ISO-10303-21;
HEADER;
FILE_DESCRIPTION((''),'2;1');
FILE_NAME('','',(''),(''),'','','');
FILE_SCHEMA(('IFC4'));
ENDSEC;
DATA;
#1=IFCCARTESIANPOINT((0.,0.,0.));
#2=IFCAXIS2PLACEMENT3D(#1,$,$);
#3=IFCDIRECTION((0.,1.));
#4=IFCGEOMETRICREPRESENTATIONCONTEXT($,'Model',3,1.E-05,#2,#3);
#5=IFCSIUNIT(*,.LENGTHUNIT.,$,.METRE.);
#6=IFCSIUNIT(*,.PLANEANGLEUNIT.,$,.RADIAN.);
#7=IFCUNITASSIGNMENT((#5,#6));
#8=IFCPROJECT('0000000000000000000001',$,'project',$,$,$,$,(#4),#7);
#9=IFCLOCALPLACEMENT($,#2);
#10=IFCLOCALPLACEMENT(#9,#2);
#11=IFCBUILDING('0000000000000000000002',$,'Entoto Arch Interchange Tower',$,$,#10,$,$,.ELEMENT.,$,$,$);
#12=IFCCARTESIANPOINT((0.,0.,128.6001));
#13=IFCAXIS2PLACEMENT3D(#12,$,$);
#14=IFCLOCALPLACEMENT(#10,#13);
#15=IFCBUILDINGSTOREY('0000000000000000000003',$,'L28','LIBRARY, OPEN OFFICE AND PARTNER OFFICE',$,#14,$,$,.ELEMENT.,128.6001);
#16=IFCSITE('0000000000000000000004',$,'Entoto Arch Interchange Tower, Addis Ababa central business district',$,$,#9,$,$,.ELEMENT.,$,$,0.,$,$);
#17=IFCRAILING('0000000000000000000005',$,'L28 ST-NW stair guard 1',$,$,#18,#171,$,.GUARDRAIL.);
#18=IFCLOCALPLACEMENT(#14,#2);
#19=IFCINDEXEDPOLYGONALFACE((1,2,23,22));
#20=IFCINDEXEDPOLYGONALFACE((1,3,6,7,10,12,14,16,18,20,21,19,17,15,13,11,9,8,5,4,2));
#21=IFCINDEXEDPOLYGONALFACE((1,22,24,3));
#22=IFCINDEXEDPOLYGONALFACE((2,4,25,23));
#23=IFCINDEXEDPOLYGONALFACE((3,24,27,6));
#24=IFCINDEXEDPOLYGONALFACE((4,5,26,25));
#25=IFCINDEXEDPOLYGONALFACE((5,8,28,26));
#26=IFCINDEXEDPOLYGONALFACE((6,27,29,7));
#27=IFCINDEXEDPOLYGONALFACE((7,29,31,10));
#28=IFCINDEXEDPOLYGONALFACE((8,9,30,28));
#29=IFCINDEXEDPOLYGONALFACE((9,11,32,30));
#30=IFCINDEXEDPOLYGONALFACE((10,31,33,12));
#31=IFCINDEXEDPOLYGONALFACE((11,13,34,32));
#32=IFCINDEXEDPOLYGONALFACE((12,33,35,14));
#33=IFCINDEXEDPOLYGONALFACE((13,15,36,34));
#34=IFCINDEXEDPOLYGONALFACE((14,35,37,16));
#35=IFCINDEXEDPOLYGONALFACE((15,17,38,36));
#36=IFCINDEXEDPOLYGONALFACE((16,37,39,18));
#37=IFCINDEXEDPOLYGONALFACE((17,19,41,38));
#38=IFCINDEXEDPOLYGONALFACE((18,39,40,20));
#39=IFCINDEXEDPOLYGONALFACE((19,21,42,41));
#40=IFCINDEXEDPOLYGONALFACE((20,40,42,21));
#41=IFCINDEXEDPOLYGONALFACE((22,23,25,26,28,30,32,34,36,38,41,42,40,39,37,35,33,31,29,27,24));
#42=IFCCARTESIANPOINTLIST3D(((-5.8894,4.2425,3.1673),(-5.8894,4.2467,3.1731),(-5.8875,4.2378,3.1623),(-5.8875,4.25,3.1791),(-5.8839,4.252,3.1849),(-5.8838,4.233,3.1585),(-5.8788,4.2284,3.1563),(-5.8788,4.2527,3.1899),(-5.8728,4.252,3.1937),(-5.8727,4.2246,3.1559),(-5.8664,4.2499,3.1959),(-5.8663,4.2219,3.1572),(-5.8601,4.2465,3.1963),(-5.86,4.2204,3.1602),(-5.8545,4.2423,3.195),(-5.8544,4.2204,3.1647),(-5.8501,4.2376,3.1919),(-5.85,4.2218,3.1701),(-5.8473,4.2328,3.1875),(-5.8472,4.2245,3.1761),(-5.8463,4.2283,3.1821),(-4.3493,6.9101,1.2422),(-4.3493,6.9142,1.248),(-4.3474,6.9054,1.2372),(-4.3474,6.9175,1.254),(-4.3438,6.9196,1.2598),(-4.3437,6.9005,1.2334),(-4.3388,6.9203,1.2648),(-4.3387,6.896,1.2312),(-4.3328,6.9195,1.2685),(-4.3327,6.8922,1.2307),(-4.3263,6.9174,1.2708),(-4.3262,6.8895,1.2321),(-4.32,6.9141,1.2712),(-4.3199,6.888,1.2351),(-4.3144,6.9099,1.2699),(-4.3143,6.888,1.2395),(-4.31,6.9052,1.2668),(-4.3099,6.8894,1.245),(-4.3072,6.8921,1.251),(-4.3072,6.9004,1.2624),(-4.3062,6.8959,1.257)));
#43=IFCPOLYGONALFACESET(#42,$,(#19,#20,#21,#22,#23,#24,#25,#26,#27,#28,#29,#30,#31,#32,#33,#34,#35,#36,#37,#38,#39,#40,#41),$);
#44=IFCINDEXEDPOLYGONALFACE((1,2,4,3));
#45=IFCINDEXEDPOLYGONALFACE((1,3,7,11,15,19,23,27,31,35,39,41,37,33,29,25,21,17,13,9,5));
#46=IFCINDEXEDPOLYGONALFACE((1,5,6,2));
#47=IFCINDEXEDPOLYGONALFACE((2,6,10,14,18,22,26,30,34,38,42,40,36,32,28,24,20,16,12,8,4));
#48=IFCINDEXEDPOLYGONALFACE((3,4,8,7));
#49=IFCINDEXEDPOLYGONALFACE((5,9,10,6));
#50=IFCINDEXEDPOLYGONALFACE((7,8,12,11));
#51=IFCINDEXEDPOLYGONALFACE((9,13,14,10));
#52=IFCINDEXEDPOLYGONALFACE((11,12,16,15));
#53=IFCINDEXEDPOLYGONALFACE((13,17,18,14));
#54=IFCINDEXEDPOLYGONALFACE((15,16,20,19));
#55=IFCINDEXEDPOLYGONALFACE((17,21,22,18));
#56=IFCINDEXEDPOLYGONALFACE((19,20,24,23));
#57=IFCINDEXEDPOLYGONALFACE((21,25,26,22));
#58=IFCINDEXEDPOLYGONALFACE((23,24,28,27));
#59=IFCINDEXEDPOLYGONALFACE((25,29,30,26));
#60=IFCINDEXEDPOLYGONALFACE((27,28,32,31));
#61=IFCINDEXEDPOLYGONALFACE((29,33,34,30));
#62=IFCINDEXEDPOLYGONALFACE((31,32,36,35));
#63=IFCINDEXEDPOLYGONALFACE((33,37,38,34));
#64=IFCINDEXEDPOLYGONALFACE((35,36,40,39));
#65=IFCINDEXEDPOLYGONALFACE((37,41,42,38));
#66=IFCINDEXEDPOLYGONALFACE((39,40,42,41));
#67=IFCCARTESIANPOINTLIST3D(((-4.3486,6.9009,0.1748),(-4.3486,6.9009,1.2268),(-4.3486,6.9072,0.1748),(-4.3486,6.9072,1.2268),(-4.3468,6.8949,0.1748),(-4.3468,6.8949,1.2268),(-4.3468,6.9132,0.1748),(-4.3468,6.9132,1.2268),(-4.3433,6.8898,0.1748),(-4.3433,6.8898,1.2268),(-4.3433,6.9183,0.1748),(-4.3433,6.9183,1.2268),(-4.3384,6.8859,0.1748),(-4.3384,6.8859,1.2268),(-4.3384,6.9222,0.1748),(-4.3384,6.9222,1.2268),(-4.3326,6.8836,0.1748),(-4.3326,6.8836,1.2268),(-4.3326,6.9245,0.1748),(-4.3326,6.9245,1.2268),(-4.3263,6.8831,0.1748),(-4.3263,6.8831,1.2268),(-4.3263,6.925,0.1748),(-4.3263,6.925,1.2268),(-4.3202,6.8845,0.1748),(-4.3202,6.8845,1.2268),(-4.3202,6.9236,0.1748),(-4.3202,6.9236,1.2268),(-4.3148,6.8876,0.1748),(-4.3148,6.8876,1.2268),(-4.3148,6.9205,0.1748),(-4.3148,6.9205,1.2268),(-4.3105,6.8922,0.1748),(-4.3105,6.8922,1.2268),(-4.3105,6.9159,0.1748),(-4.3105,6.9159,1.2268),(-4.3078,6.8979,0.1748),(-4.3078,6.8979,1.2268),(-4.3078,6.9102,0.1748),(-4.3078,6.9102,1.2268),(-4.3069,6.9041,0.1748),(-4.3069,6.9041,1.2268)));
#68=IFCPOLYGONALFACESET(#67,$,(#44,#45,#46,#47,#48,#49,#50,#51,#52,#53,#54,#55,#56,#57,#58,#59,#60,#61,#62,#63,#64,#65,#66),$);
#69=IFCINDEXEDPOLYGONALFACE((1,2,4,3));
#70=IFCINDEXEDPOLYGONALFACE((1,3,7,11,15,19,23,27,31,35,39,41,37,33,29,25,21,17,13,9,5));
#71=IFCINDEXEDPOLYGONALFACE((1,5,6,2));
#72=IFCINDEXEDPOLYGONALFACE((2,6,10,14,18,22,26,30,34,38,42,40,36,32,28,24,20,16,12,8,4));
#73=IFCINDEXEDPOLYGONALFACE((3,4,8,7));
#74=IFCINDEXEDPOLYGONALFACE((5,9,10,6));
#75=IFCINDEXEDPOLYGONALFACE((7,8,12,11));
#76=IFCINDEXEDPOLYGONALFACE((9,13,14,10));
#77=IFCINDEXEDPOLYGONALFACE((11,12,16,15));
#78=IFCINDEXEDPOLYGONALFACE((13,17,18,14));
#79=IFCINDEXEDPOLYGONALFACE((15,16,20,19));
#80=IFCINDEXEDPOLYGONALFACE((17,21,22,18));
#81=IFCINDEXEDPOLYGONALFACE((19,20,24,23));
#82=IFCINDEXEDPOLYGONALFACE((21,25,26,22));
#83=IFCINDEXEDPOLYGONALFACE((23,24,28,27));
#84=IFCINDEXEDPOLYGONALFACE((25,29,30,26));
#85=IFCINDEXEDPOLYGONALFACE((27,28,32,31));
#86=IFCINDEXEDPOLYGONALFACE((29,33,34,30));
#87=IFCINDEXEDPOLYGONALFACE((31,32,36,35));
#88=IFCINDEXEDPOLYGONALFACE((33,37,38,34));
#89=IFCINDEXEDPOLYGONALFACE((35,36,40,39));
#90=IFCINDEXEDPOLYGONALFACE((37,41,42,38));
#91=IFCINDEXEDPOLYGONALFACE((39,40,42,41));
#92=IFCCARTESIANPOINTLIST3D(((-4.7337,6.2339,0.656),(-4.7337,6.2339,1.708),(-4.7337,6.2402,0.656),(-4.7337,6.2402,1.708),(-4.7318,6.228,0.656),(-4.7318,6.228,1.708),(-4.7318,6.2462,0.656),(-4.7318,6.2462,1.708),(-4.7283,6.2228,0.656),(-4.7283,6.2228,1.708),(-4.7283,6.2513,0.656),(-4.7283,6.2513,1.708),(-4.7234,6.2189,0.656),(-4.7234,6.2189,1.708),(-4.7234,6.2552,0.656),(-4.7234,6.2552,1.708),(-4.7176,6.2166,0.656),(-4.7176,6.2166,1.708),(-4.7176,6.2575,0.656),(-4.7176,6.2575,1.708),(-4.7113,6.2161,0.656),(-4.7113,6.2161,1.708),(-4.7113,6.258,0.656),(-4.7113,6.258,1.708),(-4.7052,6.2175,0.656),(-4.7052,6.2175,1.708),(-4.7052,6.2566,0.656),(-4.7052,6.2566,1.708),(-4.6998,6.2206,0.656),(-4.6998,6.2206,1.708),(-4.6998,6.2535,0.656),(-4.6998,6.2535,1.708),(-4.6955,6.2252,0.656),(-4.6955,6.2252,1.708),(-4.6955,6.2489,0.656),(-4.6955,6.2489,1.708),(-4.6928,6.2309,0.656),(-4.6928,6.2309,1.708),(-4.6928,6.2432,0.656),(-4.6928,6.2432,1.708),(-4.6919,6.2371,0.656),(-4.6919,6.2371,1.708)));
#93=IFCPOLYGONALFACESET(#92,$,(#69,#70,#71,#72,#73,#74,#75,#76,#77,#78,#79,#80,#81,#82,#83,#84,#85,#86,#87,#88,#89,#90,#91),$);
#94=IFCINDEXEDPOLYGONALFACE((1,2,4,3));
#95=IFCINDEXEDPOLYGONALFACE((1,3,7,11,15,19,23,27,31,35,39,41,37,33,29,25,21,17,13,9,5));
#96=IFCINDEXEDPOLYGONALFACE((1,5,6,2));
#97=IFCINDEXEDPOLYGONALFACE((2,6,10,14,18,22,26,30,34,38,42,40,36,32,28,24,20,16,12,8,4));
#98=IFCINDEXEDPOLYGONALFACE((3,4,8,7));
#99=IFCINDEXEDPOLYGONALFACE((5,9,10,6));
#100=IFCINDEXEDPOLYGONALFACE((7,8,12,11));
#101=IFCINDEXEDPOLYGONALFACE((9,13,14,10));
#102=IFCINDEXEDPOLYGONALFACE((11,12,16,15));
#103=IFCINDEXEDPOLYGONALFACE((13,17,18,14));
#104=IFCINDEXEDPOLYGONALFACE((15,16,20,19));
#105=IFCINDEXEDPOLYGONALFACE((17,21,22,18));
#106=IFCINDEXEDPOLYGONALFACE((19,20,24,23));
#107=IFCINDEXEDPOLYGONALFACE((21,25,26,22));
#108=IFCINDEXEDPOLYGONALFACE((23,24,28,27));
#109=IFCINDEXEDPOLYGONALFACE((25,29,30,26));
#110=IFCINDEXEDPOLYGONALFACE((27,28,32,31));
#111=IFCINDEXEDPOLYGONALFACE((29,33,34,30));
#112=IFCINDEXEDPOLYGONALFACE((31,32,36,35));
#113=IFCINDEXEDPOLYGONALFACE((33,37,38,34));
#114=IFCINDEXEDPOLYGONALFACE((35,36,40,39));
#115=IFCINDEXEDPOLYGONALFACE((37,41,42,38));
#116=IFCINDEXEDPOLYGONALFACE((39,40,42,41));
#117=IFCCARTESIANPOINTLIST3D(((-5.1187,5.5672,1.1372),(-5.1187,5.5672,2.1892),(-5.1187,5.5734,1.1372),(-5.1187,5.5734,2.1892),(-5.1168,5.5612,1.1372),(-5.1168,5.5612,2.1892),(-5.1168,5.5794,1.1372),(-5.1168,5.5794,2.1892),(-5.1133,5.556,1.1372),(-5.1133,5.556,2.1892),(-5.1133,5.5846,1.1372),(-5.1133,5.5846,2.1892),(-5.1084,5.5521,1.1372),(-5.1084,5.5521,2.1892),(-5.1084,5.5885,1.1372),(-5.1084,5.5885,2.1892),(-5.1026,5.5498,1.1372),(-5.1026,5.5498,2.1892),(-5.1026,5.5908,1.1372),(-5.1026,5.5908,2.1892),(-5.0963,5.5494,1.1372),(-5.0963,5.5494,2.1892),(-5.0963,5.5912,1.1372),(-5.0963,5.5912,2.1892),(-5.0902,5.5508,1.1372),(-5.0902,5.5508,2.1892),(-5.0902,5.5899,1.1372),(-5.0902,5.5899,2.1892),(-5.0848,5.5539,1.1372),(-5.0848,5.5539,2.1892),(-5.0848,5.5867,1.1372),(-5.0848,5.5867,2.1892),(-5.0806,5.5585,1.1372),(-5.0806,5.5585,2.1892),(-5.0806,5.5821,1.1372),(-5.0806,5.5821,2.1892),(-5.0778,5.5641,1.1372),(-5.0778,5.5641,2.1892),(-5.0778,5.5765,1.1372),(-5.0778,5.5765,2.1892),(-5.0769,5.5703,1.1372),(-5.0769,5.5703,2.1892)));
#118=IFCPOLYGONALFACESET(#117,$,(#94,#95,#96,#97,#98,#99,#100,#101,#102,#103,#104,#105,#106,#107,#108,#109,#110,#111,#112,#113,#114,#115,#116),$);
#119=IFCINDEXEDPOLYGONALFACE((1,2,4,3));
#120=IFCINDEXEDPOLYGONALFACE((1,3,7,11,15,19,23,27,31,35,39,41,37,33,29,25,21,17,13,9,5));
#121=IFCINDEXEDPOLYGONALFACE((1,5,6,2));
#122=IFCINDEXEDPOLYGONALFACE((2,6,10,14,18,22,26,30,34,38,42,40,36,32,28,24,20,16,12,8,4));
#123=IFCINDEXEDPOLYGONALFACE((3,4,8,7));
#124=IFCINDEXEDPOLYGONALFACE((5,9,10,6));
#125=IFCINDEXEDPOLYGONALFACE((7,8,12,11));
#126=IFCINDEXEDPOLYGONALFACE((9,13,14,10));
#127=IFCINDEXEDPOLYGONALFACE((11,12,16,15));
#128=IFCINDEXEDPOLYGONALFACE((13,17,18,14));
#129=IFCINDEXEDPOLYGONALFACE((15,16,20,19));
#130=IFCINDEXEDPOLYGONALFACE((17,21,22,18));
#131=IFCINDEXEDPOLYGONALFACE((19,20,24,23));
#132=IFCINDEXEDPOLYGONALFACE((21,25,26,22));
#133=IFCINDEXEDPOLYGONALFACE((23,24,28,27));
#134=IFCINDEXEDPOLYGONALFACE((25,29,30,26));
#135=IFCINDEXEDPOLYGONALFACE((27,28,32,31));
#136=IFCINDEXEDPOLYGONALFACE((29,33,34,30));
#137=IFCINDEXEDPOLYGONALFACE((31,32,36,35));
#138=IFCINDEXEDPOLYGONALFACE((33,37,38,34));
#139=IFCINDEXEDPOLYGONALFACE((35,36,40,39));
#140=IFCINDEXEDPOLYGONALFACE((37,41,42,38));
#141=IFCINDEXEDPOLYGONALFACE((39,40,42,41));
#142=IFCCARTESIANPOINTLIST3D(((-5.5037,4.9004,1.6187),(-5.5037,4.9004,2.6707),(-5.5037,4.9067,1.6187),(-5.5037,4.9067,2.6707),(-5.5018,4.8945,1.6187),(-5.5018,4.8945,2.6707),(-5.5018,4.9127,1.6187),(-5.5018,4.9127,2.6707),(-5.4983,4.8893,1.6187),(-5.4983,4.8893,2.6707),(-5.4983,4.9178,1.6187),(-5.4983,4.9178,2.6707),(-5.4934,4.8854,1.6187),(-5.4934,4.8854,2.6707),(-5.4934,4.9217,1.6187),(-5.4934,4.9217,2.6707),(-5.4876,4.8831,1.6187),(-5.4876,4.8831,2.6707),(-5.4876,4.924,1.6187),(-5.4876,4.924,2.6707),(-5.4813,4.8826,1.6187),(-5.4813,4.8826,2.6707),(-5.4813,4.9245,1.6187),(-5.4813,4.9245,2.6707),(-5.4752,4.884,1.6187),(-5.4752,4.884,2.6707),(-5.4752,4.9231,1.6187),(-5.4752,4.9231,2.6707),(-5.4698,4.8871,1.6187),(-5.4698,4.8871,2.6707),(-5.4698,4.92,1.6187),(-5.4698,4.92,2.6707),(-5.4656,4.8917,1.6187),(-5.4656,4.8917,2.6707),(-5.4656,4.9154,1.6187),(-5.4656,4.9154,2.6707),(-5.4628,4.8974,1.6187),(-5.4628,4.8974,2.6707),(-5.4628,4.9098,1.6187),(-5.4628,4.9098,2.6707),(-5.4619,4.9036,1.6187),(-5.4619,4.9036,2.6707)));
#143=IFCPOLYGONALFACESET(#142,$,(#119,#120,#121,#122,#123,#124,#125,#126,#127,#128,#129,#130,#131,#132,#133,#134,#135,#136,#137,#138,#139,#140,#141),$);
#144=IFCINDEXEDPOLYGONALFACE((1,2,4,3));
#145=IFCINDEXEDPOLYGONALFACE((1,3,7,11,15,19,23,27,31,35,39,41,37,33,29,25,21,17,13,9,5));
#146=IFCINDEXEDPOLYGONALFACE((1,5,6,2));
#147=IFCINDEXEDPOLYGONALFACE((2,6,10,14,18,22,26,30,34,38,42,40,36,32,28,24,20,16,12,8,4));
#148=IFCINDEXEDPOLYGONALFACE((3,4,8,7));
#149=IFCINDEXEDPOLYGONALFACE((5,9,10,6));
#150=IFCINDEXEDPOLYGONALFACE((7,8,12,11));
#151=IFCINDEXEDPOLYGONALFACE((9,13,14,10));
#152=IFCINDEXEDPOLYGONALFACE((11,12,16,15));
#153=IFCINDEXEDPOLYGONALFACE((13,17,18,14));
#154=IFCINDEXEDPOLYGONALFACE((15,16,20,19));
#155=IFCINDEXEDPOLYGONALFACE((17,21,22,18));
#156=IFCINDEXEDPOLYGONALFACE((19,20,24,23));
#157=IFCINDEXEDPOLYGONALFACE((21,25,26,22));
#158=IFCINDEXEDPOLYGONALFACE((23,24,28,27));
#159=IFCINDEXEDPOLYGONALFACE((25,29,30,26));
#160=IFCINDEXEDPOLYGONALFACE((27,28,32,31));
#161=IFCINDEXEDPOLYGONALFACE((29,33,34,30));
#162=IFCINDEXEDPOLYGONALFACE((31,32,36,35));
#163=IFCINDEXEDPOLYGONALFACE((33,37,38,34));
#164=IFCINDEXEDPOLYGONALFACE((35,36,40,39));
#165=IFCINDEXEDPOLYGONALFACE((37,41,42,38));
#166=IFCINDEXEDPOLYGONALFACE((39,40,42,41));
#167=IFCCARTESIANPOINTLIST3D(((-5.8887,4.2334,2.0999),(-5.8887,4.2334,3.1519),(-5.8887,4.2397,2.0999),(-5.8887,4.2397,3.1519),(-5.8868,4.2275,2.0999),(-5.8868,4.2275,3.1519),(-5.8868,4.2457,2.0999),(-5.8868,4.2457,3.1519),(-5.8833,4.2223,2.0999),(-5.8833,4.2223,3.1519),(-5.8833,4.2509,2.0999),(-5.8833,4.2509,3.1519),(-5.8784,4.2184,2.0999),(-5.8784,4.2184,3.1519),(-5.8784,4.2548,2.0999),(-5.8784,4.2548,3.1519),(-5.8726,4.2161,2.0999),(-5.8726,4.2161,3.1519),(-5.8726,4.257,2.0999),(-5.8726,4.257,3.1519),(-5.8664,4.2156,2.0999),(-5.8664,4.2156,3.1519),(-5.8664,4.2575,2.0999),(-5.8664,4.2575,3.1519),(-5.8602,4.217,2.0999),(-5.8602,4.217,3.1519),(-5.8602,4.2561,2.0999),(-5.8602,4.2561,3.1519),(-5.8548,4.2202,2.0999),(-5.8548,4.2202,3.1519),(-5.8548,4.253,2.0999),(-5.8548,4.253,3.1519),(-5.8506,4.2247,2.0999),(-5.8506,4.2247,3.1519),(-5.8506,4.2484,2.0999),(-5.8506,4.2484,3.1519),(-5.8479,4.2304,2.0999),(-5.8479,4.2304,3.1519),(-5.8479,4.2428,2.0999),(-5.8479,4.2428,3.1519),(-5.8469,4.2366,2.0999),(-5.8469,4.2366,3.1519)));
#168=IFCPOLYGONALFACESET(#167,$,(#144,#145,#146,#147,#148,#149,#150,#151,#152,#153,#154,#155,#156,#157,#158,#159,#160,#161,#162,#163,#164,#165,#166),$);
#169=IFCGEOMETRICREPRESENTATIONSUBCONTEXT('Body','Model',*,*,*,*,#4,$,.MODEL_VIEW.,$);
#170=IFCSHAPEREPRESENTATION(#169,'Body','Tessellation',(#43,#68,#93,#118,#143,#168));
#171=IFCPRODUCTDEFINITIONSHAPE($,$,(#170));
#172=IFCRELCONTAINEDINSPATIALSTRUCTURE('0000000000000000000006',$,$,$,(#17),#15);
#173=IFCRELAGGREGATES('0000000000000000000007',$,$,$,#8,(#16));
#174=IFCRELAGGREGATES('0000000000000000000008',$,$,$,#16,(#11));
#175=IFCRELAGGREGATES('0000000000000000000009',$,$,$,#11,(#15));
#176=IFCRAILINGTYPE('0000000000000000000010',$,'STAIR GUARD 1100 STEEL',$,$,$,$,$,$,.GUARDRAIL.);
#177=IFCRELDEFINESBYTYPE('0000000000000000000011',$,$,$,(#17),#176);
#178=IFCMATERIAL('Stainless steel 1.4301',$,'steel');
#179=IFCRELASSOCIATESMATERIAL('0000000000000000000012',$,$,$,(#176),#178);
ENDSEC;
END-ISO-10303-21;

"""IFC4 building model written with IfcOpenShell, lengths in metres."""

from ifc_helpers import new_model, si_unit, direction, frame, origin, origin_2d, place, context, subcontext, project, spatial, circle, extrude, material, type_object, element, save


model = new_model("IFC4")

# Units and contexts
model_context = context("Model", 3, precision=1e-05, world=origin(), true_north=direction((0.0, 1.0)))
body_context = subcontext(model_context, "Body", "Model", "MODEL_VIEW")
ifc_project = project(units=[si_unit("LENGTHUNIT", "METRE"), si_unit("PLANEANGLEUNIT", "RADIAN")], contexts=[model_context])

# Site, building, storey
site_placement = place(None, origin())
site = spatial("IfcSite", under=ifc_project, at=site_placement, Name="Entoto Arch Interchange Tower, Addis Ababa central business district", CompositionType="ELEMENT", RefElevation=0.0)
building_placement = place(site_placement, origin())
building = spatial("IfcBuilding", under=site, at=building_placement, Name="Entoto Arch Interchange Tower", CompositionType="ELEMENT")
storey_placement = place(building_placement, frame((0.0, 0.0, 128.6001)))
storey = spatial("IfcBuildingStorey", under=building, at=storey_placement, Name="L28", Description="LIBRARY, OPEN OFFICE AND PARTNER OFFICE", CompositionType="ELEMENT", Elevation=128.6001)

# Railing
ifc_material_1 = material(Name="Stainless steel 1.4301", Category="steel")
railing_type_1 = type_object("IfcRailingType", Name="STAIR GUARD 1100 STEEL", PredefinedType="GUARDRAIL", material=ifc_material_1)
railing_1_placement = place(storey_placement, frame((-4.3279, 6.9041, 0.1748)))
element("IfcRailing", 1, at=railing_1_placement, inside=storey, type_object=railing_type_1, Name="L28 ST-NW stair guard 1", PredefinedType="GUARDRAIL", context=body_context, shape_type="SweptSolid", body=[
    extrude(circle(Radius=0.0239, at=origin_2d()), frame((0.0, 0.0, 1.0762), z_axis=(-0.423994, -0.734395, 0.529993), x_axis=(0.86603, -0.499992, 0.0)), (0.0, 0.0, 1.0), 3.6323),
    extrude(circle(Radius=0.021, at=origin_2d()), origin(), (0.0, 0.0, 1.0), 1.052),
    extrude(circle(Radius=0.021, at=origin_2d()), frame((-0.385, -0.667, 0.4812)), (0.0, 0.0, 1.0), 1.052),
    extrude(circle(Radius=0.021, at=origin_2d()), frame((-0.77, -1.3337, 0.9624)), (0.0, 0.0, 1.0), 1.052),
    extrude(circle(Radius=0.021, at=origin_2d()), frame((-1.155, -2.0005, 1.4438)), (0.0, 0.0, 1.0), 1.052),
    extrude(circle(Radius=0.021, at=origin_2d()), frame((-1.54, -2.6675, 1.925)), (0.0, 0.0, 1.0), 1.052),
])

save(model, "model.ifc")
